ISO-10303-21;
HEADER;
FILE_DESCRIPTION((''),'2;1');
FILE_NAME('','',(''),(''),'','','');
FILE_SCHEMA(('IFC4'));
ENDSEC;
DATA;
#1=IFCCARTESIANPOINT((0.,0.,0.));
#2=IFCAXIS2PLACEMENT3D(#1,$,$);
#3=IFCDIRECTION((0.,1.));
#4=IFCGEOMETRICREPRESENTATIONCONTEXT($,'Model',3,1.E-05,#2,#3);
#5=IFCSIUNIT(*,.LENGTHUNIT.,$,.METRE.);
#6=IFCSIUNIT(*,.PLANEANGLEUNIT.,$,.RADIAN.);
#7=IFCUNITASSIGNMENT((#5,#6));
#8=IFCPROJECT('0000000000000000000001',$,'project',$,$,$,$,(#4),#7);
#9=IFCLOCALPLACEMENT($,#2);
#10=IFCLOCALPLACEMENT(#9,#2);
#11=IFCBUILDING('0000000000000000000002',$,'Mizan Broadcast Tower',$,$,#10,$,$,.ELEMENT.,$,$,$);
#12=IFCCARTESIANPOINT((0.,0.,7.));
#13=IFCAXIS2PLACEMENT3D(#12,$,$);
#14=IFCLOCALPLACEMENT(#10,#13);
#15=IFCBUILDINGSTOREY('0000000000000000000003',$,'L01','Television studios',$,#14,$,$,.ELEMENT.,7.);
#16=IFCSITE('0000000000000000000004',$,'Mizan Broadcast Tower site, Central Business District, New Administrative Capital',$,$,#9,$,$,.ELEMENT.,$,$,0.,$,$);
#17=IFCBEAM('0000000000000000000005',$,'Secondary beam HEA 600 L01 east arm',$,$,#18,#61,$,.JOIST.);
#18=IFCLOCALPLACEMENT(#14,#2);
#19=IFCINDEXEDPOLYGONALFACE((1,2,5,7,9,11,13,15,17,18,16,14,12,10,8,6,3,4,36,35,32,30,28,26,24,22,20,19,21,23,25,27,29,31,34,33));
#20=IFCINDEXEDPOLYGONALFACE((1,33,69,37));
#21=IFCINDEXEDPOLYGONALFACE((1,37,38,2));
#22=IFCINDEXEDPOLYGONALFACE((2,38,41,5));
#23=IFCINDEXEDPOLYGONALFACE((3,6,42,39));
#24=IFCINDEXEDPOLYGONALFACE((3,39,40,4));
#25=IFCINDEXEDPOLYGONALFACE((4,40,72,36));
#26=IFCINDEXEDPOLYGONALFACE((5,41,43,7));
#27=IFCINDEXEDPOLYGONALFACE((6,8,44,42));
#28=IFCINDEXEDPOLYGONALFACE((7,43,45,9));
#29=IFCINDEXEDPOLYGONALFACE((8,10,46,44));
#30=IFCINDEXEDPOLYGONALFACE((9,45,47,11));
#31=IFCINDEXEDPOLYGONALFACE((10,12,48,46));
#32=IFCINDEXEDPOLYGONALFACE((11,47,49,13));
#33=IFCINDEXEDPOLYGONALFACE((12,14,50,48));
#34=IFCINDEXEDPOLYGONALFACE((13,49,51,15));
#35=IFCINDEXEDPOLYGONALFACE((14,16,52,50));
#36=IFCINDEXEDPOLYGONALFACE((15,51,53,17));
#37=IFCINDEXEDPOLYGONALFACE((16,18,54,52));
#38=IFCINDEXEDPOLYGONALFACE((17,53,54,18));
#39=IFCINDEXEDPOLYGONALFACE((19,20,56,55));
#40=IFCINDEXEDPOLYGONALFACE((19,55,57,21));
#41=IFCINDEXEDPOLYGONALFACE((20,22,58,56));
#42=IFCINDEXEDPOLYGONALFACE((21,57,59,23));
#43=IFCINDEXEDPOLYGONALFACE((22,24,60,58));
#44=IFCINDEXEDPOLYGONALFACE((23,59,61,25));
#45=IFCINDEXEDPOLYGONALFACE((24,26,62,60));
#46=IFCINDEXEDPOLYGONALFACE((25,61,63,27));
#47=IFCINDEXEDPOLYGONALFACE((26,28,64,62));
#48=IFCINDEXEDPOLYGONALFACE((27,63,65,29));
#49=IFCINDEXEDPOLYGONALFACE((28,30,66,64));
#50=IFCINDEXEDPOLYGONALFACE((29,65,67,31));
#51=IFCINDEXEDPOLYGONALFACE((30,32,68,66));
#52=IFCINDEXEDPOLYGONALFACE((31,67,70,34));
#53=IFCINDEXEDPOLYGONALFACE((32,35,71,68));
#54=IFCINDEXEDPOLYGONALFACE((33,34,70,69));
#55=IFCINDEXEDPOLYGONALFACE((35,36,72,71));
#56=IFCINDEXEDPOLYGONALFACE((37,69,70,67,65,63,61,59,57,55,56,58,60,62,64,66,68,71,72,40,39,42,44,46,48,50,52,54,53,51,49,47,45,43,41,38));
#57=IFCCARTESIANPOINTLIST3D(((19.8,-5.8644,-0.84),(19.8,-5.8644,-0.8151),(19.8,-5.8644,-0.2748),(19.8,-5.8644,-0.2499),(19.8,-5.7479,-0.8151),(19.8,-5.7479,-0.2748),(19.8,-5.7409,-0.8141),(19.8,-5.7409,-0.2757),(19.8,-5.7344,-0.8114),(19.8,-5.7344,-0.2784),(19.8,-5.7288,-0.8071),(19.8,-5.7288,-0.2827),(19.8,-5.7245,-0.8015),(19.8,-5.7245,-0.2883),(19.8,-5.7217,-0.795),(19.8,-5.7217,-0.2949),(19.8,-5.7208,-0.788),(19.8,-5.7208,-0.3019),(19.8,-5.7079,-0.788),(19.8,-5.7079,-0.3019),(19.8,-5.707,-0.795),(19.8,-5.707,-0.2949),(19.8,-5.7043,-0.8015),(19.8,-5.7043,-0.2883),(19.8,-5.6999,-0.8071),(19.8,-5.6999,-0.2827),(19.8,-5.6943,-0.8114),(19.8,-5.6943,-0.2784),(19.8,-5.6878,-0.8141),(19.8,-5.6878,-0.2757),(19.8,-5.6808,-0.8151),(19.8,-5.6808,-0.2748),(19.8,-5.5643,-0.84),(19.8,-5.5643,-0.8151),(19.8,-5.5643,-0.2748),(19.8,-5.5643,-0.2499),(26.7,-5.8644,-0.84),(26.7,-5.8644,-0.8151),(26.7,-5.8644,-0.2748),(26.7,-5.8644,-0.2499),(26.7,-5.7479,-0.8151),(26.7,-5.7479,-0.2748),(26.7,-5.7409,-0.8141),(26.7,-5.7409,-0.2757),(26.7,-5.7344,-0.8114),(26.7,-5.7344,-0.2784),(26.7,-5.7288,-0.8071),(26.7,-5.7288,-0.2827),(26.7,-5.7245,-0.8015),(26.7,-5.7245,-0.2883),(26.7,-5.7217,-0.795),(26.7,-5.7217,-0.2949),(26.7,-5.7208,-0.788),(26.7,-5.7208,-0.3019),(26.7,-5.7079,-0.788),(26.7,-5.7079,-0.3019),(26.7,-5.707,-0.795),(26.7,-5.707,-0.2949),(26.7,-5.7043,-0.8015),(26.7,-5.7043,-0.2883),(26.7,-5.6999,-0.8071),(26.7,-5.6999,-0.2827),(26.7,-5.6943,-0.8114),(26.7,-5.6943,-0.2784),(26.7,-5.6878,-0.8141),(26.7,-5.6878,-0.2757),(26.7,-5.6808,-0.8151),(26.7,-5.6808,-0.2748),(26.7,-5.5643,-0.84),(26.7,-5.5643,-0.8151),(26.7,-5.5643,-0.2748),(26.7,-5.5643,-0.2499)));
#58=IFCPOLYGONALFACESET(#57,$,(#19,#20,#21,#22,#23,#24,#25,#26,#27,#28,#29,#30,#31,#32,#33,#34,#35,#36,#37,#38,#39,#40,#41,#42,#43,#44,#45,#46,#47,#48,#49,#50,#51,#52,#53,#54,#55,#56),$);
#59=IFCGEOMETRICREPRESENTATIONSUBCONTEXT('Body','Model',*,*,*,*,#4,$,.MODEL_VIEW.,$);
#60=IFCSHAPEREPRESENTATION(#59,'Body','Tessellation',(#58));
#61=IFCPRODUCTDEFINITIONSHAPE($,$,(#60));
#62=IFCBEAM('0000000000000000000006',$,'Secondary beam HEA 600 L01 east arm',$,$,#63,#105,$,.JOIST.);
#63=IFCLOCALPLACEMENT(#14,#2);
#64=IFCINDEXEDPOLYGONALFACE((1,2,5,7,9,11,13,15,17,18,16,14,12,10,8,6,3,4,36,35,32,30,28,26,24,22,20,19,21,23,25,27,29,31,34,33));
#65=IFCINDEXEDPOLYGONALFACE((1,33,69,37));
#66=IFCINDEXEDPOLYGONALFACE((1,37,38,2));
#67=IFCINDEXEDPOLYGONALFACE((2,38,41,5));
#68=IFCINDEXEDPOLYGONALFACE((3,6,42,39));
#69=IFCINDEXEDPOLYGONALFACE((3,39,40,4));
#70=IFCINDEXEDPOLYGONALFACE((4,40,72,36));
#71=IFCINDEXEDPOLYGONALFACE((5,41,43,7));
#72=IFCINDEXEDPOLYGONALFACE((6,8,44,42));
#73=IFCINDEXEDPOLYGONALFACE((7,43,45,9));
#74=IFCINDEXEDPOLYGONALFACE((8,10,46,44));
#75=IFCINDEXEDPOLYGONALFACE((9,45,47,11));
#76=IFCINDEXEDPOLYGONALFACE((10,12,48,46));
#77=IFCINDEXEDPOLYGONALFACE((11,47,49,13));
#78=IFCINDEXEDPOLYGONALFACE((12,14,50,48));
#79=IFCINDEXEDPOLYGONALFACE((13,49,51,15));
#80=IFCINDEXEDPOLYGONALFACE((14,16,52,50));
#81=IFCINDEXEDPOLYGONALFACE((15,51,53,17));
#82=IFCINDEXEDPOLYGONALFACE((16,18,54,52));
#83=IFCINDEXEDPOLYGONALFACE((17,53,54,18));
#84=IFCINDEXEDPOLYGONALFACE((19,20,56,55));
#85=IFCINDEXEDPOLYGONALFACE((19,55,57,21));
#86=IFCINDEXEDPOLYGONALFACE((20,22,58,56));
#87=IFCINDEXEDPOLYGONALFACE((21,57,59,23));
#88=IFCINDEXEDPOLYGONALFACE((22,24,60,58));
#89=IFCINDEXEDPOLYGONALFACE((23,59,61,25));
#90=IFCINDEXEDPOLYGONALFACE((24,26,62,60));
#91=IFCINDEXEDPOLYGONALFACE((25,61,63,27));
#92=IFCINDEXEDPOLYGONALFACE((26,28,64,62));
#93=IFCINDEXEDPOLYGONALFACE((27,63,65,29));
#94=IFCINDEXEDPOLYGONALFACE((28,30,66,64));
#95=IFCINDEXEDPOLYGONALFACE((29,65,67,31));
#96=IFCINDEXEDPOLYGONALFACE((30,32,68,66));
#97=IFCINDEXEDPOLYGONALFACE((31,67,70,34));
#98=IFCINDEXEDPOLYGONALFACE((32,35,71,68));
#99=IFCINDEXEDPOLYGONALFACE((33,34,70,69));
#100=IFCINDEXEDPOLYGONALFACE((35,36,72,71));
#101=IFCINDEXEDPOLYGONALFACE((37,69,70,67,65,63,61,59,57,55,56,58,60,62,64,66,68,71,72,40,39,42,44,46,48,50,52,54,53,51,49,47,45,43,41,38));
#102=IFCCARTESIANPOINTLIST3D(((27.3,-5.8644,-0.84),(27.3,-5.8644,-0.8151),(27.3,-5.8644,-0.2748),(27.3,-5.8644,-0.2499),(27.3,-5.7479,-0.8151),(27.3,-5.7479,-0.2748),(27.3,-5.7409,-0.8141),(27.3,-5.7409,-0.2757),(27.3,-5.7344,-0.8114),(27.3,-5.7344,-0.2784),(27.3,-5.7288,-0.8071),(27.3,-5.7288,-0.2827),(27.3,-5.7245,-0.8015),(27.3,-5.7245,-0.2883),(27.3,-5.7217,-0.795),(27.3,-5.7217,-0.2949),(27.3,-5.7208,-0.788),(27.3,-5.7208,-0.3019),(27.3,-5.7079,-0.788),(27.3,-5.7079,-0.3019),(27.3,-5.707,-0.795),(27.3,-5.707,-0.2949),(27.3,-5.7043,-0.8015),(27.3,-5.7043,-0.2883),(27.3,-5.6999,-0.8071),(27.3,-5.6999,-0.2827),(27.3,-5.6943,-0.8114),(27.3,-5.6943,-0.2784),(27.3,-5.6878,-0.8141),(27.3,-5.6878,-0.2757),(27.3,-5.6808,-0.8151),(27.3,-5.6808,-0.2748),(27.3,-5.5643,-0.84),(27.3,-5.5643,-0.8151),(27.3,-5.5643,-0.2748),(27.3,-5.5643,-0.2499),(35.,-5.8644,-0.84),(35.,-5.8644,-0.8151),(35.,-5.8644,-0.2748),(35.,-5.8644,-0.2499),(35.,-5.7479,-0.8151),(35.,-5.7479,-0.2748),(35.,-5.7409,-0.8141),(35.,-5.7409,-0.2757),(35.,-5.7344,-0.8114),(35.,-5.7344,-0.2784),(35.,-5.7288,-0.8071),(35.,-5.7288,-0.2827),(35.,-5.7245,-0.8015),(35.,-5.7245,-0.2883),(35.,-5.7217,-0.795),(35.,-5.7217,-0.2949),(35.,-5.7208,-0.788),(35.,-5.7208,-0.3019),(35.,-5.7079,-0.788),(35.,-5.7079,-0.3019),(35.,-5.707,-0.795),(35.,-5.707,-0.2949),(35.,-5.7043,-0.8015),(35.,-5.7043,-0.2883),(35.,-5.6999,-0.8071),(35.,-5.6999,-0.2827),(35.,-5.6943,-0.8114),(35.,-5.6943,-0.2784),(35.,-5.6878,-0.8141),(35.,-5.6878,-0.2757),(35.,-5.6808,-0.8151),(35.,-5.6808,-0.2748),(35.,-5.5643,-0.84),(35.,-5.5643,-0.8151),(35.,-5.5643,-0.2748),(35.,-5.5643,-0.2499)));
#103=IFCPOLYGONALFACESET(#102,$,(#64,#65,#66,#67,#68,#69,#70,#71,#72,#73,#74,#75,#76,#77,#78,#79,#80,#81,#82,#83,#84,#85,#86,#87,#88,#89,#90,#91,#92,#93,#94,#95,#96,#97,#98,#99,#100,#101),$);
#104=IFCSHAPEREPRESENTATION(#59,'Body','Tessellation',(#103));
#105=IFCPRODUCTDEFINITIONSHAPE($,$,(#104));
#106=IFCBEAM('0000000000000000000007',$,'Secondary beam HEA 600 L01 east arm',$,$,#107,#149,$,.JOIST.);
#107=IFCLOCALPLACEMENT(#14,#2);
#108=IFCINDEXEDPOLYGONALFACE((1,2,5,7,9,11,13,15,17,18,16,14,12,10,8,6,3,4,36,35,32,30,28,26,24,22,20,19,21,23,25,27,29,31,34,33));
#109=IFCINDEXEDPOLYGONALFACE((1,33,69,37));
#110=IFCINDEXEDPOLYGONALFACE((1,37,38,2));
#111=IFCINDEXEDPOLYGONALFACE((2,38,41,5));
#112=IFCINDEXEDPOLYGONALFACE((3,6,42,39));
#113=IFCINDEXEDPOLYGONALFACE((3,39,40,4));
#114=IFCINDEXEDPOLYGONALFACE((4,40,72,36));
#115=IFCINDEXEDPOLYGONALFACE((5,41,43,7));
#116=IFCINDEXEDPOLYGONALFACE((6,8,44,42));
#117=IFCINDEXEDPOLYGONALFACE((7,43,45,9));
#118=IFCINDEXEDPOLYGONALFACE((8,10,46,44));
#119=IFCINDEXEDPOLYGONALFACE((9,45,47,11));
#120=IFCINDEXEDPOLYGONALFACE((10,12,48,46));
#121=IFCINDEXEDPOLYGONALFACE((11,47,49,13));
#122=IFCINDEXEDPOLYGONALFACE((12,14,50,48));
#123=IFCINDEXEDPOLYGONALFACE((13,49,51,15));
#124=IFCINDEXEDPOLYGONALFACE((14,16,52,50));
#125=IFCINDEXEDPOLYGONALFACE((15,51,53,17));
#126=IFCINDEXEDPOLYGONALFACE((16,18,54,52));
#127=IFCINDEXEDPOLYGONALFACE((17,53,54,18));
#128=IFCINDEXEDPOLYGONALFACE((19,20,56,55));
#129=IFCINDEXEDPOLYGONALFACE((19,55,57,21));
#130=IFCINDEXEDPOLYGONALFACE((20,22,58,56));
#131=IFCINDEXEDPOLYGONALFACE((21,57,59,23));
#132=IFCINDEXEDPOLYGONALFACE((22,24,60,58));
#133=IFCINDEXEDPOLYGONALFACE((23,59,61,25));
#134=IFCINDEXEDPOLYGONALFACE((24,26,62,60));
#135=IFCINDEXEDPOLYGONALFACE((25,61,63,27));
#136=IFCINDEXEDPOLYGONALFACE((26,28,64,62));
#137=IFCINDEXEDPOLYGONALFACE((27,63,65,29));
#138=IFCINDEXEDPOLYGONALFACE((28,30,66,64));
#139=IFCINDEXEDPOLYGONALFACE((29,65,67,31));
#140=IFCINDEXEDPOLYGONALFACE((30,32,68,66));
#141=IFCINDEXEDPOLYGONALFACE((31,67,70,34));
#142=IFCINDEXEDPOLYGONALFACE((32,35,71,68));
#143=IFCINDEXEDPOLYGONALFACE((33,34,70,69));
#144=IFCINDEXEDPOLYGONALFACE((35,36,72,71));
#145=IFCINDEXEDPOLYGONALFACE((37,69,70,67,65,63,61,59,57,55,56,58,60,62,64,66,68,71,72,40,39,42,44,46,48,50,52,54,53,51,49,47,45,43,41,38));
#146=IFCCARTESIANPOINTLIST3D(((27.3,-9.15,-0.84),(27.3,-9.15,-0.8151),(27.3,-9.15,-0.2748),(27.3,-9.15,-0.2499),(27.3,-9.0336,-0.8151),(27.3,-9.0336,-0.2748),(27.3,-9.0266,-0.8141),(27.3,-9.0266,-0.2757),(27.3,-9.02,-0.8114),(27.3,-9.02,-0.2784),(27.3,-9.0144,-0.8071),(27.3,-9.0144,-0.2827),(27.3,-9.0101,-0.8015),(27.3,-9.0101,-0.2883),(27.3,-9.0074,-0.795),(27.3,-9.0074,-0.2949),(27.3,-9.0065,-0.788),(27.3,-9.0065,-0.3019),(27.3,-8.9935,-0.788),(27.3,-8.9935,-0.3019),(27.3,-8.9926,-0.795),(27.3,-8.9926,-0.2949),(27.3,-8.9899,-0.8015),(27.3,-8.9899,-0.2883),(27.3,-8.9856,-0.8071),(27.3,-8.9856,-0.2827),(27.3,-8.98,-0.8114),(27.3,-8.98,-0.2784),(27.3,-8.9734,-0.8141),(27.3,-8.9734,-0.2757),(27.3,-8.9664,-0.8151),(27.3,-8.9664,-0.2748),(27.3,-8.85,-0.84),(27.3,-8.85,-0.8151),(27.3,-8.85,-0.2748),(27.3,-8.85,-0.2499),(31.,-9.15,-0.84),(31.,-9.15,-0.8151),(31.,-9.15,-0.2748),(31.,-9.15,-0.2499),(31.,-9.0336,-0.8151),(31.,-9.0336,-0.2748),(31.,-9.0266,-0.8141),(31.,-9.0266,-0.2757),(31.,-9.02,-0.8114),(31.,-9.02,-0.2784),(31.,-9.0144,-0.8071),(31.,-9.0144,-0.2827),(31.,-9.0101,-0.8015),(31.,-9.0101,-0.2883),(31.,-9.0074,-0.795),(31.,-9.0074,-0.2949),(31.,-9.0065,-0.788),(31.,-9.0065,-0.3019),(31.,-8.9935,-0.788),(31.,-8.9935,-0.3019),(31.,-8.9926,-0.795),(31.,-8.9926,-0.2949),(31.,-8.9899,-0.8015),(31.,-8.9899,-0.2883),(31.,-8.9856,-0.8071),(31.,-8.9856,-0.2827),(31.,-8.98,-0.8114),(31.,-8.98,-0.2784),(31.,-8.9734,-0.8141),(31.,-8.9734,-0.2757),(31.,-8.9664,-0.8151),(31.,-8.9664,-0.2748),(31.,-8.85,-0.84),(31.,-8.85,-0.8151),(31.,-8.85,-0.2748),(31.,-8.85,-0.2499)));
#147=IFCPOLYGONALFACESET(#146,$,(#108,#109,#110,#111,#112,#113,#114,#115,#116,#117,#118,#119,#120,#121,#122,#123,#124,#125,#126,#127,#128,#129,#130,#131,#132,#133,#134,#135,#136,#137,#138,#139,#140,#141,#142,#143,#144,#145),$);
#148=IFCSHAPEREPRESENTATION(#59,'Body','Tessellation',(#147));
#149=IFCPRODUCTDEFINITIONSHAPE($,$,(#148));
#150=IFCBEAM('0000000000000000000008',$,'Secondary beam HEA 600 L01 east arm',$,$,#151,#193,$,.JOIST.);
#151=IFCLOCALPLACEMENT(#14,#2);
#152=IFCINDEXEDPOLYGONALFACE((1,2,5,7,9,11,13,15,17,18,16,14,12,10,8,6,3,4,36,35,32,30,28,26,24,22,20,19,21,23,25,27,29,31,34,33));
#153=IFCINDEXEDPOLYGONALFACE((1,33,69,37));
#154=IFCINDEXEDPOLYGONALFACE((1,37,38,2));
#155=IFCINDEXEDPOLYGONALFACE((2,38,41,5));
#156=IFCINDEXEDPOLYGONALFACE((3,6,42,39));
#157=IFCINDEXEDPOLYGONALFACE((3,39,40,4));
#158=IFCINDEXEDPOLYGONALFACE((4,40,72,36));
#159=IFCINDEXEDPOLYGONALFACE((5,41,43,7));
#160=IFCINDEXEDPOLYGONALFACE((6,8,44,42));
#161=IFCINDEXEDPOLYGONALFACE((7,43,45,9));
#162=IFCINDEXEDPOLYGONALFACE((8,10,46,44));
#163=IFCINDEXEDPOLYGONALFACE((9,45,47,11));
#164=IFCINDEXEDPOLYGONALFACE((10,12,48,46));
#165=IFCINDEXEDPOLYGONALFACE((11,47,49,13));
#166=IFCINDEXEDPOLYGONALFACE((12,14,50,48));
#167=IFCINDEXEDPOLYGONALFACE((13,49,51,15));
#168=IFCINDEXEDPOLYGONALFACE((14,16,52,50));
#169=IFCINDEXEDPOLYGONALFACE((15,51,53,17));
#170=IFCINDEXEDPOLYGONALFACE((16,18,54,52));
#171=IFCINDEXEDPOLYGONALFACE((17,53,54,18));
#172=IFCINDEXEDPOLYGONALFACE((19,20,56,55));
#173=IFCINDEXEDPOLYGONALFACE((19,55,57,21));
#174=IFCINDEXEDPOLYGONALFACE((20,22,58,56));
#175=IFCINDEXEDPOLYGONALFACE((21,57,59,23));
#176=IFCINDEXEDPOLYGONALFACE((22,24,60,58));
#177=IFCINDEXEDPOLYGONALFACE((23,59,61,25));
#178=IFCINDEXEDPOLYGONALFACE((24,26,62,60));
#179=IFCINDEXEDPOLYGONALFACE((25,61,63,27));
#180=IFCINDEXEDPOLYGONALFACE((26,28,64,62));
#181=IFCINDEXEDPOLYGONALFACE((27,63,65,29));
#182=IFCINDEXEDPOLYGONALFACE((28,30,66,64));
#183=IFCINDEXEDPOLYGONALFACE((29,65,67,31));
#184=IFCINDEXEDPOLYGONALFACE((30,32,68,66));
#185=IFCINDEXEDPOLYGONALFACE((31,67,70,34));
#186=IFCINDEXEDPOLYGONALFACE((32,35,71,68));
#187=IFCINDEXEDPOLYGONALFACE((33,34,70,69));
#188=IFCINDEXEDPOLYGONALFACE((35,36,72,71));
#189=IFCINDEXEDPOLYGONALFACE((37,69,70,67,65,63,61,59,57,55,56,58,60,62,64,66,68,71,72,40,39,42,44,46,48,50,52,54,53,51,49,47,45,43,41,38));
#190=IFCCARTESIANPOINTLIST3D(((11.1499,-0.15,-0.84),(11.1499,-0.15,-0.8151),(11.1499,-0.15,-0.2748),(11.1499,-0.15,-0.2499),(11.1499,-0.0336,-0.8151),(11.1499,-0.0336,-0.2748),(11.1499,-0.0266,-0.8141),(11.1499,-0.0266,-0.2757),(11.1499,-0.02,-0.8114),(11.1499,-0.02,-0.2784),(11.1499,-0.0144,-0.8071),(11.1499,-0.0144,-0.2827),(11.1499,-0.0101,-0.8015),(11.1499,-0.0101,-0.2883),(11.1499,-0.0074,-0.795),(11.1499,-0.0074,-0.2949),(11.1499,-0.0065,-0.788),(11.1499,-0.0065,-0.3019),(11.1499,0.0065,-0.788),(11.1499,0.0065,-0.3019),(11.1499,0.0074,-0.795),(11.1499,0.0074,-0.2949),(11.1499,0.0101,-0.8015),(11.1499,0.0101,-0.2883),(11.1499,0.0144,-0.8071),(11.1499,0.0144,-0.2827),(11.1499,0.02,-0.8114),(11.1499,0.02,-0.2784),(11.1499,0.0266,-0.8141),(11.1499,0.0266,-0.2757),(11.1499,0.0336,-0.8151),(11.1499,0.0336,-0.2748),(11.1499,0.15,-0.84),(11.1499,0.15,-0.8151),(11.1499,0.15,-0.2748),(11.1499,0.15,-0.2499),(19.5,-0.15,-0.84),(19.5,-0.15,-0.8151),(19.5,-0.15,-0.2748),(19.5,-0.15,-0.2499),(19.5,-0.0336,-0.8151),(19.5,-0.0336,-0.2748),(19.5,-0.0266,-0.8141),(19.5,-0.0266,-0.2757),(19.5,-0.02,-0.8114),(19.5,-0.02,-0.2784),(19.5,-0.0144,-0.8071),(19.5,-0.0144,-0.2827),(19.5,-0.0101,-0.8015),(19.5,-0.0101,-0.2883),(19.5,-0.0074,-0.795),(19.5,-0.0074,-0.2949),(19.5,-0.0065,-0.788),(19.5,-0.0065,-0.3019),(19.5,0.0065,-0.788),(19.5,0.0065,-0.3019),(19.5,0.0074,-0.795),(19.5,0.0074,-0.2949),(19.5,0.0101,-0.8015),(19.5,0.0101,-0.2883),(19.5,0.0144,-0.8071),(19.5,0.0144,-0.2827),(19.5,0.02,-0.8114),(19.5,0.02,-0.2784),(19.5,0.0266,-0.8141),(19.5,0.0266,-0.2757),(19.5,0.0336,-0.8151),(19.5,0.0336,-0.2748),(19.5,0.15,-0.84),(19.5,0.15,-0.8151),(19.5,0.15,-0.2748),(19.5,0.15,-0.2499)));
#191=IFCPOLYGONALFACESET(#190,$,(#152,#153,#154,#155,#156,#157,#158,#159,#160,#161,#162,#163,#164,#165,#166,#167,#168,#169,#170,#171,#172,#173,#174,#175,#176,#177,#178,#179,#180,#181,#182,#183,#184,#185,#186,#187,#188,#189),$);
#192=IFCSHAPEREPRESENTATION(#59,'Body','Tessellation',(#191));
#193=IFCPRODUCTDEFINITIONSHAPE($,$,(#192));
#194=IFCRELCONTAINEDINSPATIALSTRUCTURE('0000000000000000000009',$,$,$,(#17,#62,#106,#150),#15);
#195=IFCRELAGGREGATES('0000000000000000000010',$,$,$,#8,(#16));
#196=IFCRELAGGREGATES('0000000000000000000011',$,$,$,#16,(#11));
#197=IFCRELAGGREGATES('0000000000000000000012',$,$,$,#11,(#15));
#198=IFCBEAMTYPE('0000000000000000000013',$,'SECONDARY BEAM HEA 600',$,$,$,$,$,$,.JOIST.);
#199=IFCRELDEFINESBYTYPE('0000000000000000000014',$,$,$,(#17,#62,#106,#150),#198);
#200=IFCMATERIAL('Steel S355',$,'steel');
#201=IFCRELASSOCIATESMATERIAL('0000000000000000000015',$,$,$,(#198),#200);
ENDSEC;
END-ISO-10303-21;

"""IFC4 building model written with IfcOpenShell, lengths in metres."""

from ifc_helpers import new_model, si_unit, direction, frame, origin, origin_2d, place, context, subcontext, project, spatial, i_section, extrude, material, material_profile, profile_set, type_object, element, save


model = new_model("IFC4")

# Units and contexts
model_context = context("Model", 3, precision=1e-05, world=origin(), true_north=direction((0.0, 1.0)))
body_context = subcontext(model_context, "Body", "Model", "MODEL_VIEW")
ifc_project = project(units=[si_unit("LENGTHUNIT", "METRE"), si_unit("PLANEANGLEUNIT", "RADIAN")], contexts=[model_context])

# Site, building, storey
site_placement = place(None, origin())
site = spatial("IfcSite", under=ifc_project, at=site_placement, Name="Mizan Broadcast Tower site, Central Business District, New Administrative Capital", CompositionType="ELEMENT", RefElevation=0.0)
building_placement = place(site_placement, origin())
building = spatial("IfcBuilding", under=site, at=building_placement, Name="Mizan Broadcast Tower", CompositionType="ELEMENT")
storey_placement = place(building_placement, frame((0.0, 0.0, 7.0)))
storey = spatial("IfcBuildingStorey", under=building, at=storey_placement, Name="L01", Description="Television studios", CompositionType="ELEMENT", Elevation=7.0)

# Beams
ifc_material_1 = material(Name="Steel S355", Category="steel")
ifc_material_profile_1 = material_profile(ifc_material_1, i_section(OverallWidth=0.3, OverallDepth=0.5901, WebThickness=0.0129, FlangeThickness=0.0249, FilletRadius=0.0271, at=origin_2d()), Name="HEA 600")
ifc_profile_set_1 = profile_set([ifc_material_profile_1], Name="Steel S355")
beam_type_1 = type_object("IfcBeamType", Name="SECONDARY BEAM HEA 600", PredefinedType="JOIST", material=ifc_profile_set_1)
beam_1_placement = place(storey_placement, frame((19.8, -5.7144, -0.5449), z_axis=(1.0, 0.0, 0.0), x_axis=(0.0, 1.0, 0.0)))
element("IfcBeam", 1, at=beam_1_placement, inside=storey, type_object=beam_type_1, Name="Secondary beam HEA 600 L01 east arm", PredefinedType="JOIST", context=body_context, shape_type="SweptSolid", body=[
    extrude(i_section(OverallWidth=0.3, OverallDepth=0.5901, WebThickness=0.0129, FlangeThickness=0.0249, FilletRadius=0.0271, at=origin_2d()), origin(), (0.0, 0.0, 1.0), 6.8999),
])
beam_2_placement = place(storey_placement, frame((27.3, -5.7144, -0.5449), z_axis=(1.0, 0.0, 0.0), x_axis=(0.0, 1.0, 0.0)))
element("IfcBeam", 2, at=beam_2_placement, inside=storey, type_object=beam_type_1, Name="Secondary beam HEA 600 L01 east arm", PredefinedType="JOIST", context=body_context, shape_type="SweptSolid", body=[
    extrude(i_section(OverallWidth=0.3, OverallDepth=0.5901, WebThickness=0.0129, FlangeThickness=0.0249, FilletRadius=0.0271, at=origin_2d()), origin(), (0.0, 0.0, 1.0), 7.7),
])
beam_3_placement = place(storey_placement, frame((27.3, -9.0, -0.5449), z_axis=(1.0, 0.0, 0.0), x_axis=(0.0, 1.0, 0.0)))
element("IfcBeam", 3, at=beam_3_placement, inside=storey, type_object=beam_type_1, Name="Secondary beam HEA 600 L01 east arm", PredefinedType="JOIST", context=body_context, shape_type="SweptSolid", body=[
    extrude(i_section(OverallWidth=0.3, OverallDepth=0.5901, WebThickness=0.0129, FlangeThickness=0.0249, FilletRadius=0.0271, at=origin_2d()), origin(), (0.0, 0.0, 1.0), 3.7),
])
beam_4_placement = place(storey_placement, frame((11.1499, 0.0, -0.5449), z_axis=(1.0, 0.0, 0.0), x_axis=(0.0, 1.0, 0.0)))
element("IfcBeam", 4, at=beam_4_placement, inside=storey, type_object=beam_type_1, Name="Secondary beam HEA 600 L01 east arm", PredefinedType="JOIST", context=body_context, shape_type="SweptSolid", body=[
    extrude(i_section(OverallWidth=0.3, OverallDepth=0.5901, WebThickness=0.0129, FlangeThickness=0.0249, FilletRadius=0.0271, at=origin_2d()), origin(), (0.0, 0.0, 1.0), 8.3501),
])

save(model, "model.ifc")
